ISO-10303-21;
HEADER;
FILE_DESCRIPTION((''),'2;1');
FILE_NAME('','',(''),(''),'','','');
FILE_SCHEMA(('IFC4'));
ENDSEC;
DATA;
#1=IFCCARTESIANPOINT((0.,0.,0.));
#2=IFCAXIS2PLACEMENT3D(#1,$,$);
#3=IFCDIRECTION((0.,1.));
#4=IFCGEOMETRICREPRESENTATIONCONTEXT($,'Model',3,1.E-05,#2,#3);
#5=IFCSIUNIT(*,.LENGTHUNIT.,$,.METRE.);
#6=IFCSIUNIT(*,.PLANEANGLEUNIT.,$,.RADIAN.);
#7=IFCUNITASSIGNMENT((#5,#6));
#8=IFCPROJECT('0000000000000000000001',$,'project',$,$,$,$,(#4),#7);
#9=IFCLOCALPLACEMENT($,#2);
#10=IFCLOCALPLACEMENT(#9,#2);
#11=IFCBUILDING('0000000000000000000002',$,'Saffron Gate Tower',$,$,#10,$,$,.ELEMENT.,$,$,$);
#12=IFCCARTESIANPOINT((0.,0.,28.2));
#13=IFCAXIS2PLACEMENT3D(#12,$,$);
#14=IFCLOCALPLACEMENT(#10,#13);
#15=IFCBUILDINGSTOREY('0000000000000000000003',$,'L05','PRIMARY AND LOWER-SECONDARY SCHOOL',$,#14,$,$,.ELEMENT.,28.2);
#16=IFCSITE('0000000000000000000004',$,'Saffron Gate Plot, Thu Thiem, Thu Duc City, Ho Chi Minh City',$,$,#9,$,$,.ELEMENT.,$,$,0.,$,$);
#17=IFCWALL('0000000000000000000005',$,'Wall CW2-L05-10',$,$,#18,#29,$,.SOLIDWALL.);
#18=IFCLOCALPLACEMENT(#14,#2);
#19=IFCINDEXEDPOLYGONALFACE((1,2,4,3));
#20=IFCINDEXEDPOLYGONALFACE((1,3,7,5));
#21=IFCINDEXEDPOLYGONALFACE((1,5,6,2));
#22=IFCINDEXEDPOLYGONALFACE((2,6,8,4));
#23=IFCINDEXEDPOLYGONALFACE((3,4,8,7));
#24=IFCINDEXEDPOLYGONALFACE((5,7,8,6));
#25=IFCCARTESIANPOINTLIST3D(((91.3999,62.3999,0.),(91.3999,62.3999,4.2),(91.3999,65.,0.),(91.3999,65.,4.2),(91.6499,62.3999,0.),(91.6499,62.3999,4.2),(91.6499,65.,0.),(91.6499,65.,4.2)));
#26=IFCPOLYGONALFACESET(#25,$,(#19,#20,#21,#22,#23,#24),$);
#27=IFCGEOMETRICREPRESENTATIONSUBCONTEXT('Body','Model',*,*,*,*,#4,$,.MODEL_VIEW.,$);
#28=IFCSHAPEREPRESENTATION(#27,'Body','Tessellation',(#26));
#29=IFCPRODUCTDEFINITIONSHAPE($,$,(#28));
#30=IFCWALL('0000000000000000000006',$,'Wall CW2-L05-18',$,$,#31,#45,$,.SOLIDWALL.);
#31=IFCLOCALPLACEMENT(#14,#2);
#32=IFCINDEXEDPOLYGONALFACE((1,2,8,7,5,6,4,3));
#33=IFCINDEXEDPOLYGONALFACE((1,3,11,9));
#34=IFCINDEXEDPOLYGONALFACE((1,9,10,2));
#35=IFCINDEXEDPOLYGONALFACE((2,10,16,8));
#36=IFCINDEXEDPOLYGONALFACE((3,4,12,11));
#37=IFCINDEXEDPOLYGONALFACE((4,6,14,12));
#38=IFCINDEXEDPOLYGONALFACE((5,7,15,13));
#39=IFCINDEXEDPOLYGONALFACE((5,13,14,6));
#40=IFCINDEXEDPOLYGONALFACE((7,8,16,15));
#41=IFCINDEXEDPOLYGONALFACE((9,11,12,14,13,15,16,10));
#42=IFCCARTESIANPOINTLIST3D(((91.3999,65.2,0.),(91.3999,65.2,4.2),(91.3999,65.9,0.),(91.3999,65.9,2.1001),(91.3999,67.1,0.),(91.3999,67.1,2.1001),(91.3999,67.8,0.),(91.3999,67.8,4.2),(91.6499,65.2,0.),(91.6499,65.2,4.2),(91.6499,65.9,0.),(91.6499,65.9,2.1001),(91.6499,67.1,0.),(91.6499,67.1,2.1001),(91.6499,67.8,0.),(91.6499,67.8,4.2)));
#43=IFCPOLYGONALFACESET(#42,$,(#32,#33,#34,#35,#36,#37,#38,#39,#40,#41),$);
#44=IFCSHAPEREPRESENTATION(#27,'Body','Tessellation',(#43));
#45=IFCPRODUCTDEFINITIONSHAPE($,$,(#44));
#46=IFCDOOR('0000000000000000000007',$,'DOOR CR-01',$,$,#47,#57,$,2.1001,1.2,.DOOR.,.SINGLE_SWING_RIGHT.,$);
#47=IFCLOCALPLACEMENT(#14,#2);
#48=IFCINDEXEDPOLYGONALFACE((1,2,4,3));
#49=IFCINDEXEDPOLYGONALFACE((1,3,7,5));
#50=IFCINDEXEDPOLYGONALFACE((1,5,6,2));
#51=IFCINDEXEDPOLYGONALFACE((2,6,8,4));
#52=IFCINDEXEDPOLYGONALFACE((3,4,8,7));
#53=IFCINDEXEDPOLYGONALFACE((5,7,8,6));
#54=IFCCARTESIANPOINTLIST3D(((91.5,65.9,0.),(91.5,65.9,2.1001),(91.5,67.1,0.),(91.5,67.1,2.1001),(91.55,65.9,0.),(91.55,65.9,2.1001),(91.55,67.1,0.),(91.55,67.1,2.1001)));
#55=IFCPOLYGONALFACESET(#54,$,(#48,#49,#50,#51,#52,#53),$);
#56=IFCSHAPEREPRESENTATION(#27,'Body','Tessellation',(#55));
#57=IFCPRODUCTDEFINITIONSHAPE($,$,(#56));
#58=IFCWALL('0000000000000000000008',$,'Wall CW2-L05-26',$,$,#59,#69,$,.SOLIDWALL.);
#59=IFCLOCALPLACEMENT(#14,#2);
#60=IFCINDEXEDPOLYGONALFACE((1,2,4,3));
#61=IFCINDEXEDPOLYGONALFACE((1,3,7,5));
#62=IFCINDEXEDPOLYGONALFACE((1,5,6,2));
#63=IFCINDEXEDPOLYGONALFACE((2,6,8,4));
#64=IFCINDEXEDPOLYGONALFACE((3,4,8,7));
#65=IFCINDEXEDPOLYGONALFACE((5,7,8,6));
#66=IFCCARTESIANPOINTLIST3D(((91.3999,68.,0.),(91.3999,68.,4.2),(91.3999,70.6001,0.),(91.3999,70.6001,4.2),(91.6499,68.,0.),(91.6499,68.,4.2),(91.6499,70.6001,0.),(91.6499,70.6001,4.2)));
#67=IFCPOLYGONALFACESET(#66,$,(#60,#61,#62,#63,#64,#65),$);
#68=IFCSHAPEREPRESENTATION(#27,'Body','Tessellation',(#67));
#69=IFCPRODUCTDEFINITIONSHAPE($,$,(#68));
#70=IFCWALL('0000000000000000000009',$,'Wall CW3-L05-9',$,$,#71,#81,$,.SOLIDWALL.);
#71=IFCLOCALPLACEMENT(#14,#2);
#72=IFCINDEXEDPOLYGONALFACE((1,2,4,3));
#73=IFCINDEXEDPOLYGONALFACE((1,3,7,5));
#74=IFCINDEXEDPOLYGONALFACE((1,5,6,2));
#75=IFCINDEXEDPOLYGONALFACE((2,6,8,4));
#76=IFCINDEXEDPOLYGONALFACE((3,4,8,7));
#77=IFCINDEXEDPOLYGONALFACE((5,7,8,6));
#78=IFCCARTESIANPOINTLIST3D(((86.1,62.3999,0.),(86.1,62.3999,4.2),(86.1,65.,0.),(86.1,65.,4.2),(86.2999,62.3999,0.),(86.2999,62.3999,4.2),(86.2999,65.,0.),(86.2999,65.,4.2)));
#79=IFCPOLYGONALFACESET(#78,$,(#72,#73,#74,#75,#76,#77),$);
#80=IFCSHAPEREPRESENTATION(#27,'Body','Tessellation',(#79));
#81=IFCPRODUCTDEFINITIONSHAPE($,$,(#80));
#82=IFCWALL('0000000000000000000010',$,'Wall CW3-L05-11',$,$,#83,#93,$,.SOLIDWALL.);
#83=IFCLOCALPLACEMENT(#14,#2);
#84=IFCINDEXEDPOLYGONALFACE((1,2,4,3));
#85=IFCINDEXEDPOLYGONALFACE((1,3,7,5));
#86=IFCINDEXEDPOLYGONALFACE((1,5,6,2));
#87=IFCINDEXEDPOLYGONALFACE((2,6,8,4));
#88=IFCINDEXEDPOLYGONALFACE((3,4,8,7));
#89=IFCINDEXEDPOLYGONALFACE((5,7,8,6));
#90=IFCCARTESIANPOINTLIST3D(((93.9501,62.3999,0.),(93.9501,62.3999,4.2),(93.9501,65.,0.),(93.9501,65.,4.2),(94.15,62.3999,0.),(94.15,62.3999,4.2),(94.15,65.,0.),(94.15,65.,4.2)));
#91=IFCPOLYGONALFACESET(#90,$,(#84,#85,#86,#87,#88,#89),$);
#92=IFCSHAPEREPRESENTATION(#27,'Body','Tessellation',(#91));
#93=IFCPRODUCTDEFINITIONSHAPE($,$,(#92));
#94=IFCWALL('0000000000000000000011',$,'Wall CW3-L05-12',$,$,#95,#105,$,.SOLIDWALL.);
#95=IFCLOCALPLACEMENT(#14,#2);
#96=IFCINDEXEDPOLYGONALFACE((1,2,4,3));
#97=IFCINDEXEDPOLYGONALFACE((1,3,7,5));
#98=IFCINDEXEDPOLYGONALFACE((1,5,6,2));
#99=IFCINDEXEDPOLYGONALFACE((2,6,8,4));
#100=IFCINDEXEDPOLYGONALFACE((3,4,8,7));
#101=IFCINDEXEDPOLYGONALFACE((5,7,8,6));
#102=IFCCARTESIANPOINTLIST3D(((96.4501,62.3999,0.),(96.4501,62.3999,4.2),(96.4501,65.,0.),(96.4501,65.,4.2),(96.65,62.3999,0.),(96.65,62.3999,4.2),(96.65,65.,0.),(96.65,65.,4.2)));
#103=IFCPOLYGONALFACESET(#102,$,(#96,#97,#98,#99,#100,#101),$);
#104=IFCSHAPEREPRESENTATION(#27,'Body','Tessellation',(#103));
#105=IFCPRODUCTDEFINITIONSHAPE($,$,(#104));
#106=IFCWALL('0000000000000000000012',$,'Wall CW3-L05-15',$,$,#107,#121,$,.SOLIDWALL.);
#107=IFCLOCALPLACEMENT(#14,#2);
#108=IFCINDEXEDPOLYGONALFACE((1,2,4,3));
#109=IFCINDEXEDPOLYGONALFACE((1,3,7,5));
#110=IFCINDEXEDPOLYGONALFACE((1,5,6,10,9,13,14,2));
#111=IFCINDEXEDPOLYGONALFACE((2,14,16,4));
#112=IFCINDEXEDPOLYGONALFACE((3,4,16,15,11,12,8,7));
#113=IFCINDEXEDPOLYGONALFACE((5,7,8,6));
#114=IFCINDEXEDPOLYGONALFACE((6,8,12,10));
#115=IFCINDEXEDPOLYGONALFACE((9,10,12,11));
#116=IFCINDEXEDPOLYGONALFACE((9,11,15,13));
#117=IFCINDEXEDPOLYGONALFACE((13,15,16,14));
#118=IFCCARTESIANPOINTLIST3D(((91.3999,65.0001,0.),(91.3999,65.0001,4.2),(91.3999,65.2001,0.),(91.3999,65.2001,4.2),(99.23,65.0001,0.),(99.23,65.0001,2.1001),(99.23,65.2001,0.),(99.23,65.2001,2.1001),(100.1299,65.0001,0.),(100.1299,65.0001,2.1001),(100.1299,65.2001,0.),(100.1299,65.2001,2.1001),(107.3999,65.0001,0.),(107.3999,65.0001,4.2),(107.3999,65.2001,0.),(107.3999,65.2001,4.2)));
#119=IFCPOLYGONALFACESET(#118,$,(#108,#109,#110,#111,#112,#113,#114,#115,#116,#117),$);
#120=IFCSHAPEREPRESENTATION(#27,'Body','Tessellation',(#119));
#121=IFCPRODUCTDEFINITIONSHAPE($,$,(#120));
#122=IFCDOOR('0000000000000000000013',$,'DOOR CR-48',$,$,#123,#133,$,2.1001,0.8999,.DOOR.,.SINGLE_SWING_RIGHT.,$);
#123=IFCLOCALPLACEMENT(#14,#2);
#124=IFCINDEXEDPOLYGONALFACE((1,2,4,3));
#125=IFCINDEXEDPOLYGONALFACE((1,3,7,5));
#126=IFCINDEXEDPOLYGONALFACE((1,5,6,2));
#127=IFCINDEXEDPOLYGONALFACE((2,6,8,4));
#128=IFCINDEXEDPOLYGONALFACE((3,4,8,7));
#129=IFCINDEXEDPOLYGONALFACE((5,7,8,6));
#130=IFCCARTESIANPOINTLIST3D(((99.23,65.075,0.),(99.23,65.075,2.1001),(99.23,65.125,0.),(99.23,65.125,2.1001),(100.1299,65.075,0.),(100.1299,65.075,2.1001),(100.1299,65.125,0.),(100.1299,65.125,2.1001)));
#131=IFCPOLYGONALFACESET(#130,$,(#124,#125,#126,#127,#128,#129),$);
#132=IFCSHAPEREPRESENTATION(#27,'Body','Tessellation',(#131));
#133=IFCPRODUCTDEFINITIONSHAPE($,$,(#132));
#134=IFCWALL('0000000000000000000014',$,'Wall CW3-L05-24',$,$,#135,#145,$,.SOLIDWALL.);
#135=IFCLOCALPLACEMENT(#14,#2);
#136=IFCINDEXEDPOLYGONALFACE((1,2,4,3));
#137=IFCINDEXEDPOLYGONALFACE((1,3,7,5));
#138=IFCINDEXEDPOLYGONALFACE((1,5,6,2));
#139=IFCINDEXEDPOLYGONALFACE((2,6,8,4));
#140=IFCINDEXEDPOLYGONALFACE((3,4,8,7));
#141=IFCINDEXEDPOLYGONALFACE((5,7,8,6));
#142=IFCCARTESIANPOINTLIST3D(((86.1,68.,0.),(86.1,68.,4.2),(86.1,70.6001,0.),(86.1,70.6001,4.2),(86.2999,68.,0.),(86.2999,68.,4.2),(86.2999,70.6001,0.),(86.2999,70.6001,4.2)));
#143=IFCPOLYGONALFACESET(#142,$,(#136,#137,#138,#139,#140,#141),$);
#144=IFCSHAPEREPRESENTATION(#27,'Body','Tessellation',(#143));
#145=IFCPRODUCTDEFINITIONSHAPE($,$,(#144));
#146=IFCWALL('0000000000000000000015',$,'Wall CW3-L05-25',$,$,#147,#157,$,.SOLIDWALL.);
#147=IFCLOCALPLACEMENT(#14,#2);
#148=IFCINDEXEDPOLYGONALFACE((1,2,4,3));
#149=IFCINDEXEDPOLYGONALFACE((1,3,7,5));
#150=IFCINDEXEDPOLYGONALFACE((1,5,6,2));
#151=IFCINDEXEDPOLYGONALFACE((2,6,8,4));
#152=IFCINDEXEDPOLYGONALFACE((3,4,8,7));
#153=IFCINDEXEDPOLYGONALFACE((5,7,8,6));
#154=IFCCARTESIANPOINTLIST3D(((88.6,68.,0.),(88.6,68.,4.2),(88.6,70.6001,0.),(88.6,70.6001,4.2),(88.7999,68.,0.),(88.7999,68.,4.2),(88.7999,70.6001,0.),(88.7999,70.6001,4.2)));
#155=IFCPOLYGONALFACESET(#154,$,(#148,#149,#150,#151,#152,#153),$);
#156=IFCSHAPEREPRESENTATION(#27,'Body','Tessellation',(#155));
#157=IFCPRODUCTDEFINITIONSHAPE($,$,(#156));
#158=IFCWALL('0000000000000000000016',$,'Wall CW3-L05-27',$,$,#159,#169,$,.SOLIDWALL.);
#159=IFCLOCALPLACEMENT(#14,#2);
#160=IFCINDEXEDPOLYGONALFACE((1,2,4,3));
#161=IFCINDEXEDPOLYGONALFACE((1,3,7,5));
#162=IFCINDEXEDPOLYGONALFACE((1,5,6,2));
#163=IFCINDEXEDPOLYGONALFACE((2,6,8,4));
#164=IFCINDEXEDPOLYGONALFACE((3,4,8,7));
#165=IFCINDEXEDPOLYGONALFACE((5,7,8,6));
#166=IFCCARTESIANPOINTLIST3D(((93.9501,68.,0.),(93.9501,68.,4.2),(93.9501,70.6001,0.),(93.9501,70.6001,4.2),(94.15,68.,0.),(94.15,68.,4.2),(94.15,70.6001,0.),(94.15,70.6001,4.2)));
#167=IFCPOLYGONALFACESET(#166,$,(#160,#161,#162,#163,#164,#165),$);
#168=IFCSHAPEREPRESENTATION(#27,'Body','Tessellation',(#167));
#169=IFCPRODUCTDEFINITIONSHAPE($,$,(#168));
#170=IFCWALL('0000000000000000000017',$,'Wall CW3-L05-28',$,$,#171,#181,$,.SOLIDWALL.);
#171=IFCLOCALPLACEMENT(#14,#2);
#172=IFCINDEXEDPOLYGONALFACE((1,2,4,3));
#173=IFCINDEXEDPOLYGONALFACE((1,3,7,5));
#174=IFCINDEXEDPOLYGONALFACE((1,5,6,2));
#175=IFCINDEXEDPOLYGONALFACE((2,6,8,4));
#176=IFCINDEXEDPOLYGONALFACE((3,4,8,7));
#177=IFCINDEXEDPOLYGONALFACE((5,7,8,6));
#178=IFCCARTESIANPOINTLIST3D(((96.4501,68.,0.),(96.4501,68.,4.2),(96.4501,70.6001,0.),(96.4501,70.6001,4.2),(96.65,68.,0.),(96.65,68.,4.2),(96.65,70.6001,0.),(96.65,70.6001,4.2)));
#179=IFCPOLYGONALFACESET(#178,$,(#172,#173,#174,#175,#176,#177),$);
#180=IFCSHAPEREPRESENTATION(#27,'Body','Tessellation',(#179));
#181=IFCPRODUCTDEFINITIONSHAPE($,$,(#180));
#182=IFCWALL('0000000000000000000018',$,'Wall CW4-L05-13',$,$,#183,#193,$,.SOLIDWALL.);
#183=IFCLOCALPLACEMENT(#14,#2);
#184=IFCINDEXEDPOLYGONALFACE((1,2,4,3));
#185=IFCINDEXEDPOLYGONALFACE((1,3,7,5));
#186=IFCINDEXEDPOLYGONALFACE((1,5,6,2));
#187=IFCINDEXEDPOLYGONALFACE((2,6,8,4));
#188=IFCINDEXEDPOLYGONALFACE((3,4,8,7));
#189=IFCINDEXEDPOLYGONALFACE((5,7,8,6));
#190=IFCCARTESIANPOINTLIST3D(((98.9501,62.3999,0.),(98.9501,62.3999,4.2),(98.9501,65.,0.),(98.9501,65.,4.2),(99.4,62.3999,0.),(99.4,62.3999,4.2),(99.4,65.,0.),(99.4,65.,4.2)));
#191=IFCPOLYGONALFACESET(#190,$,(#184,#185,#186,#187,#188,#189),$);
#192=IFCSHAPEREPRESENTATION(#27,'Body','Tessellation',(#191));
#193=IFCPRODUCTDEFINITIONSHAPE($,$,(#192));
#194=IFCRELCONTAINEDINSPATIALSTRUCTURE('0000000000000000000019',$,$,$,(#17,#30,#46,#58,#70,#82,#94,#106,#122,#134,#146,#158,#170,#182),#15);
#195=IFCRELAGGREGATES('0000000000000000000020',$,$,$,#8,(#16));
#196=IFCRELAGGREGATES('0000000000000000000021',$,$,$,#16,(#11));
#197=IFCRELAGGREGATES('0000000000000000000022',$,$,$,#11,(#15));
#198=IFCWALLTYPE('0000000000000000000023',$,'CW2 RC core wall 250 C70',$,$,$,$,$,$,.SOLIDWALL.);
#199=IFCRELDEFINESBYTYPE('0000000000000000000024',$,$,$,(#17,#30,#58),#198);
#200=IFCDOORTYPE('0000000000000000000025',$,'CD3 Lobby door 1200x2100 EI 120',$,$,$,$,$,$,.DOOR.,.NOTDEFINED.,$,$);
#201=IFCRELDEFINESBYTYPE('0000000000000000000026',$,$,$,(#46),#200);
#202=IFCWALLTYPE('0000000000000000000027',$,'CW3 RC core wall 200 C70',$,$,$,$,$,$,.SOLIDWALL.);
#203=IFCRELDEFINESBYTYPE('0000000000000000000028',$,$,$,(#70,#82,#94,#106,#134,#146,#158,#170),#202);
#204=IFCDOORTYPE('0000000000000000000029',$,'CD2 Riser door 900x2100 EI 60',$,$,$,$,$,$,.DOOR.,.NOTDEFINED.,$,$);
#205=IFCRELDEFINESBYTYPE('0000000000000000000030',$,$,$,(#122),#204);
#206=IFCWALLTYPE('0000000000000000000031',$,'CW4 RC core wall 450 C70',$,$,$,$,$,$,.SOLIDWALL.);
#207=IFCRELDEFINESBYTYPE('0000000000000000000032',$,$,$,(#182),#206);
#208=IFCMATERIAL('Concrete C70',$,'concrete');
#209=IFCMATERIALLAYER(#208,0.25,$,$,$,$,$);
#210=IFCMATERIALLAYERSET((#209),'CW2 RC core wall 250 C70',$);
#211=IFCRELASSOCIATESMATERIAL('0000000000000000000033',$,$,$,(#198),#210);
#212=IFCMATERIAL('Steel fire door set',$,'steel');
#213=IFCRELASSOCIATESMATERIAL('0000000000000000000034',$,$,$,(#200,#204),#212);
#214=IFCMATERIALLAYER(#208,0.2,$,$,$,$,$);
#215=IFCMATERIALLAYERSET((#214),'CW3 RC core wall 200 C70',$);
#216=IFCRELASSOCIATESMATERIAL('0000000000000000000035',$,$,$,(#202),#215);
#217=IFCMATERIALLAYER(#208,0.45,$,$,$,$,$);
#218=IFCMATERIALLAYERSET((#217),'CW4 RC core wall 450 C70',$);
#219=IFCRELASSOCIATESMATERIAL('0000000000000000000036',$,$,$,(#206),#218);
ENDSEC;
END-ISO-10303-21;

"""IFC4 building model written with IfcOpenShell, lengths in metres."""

from ifc_helpers import new_model, si_unit, direction, frame, frame_2d, origin, place, context, subcontext, project, spatial, rectangle, extrude, material, layer, layer_set, type_object, element, fill, save


model = new_model("IFC4")

# Units and contexts
model_context = context("Model", 3, precision=1e-05, world=origin(), true_north=direction((0.0, 1.0)))
body_context = subcontext(model_context, "Body", "Model", "MODEL_VIEW")
ifc_project = project(units=[si_unit("LENGTHUNIT", "METRE"), si_unit("PLANEANGLEUNIT", "RADIAN")], contexts=[model_context])

# Site, building, storey
site_placement = place(None, origin())
site = spatial("IfcSite", under=ifc_project, at=site_placement, Name="Saffron Gate Plot, Thu Thiem, Thu Duc City, Ho Chi Minh City", CompositionType="ELEMENT", RefElevation=0.0)
building_placement = place(site_placement, origin())
building = spatial("IfcBuilding", under=site, at=building_placement, Name="Saffron Gate Tower", CompositionType="ELEMENT")
storey_placement = place(building_placement, frame((0.0, 0.0, 28.2)))
storey = spatial("IfcBuildingStorey", under=building, at=storey_placement, Name="L05", Description="PRIMARY AND LOWER-SECONDARY SCHOOL", CompositionType="ELEMENT", Elevation=28.2)

# Wall
ifc_material_1 = material(Name="Concrete C70", Category="concrete")
ifc_layer_1 = layer(ifc_material_1, 0.25)
ifc_layer_set_1 = layer_set([ifc_layer_1], Name="CW2 RC core wall 250 C70")
wall_type_1 = type_object("IfcWallType", Name="CW2 RC core wall 250 C70", PredefinedType="SOLIDWALL", material=ifc_layer_set_1)
wall_1_placement = place(storey_placement, frame((91.5249, 62.3999, 0.0), z_axis=(0.0, 0.0, 1.0), x_axis=(0.0, 1.0, 0.0)))
element("IfcWall", 1, at=wall_1_placement, inside=storey, type_object=wall_type_1, Name="Wall CW2-L05-10", PredefinedType="SOLIDWALL", context=body_context, shape_type="SweptSolid", body=[
    extrude(rectangle(XDim=2.6001, YDim=0.25, at=frame_2d((1.3, 0.0))), origin(), (0.0, 0.0, 1.0), 4.2),
])

# Wall, opening, door
wall_2_placement = place(storey_placement, frame((91.5249, 65.2, 0.0), z_axis=(0.0, 0.0, 1.0), x_axis=(0.0, 1.0, 0.0)))
wall_2 = element("IfcWall", 2, at=wall_2_placement, inside=storey, type_object=wall_type_1, Name="Wall CW2-L05-18", PredefinedType="SOLIDWALL", context=body_context, shape_type="SweptSolid", body=[
    extrude(rectangle(XDim=2.6001, YDim=0.25, at=frame_2d((1.3, 0.0))), origin(), (0.0, 0.0, 1.0), 4.2),
])
opening_1_placement = place(wall_2_placement, frame((0.7, 0.0, 0.0)))
opening_1 = element("IfcOpeningElement", 3, at=opening_1_placement, cuts=wall_2, PredefinedType="OPENING", context=body_context, shape_type="SweptSolid", body=[
    extrude(rectangle(XDim=1.2, YDim=2.1001, at=frame_2d((0.6001, 1.05))), frame((0.0, 0.135, 0.0), z_axis=(0.0, -1.0, 0.0), x_axis=(1.0, 0.0, 0.0)), (0.0, 0.0, 1.0), 0.27),
])
ifc_material_2 = material(Name="Steel fire door set", Category="steel")
door_type_1 = type_object("IfcDoorType", Name="CD3 Lobby door 1200x2100 EI 120", OperationType="NOTDEFINED", PredefinedType="DOOR", material=ifc_material_2)
door_1_placement = place(opening_1_placement, origin())
door_1 = element("IfcDoor", 4, at=door_1_placement, inside=storey, type_object=door_type_1, Name="DOOR CR-01", OperationType="SINGLE_SWING_RIGHT", OverallHeight=2.1001, OverallWidth=1.2, PredefinedType="DOOR", context=body_context, shape_type="SweptSolid", body=[
    extrude(rectangle(XDim=1.2, YDim=2.1001, at=frame_2d((0.6001, 1.05))), frame((0.0, 0.0249, 0.0), z_axis=(0.0, -1.0, 0.0), x_axis=(1.0, 0.0, 0.0)), (0.0, 0.0, 1.0), 0.05),
])
fill(opening_1, door_1)

# Walls
wall_3_placement = place(storey_placement, frame((91.5249, 68.0, 0.0), z_axis=(0.0, 0.0, 1.0), x_axis=(0.0, 1.0, 0.0)))
element("IfcWall", 5, at=wall_3_placement, inside=storey, type_object=wall_type_1, Name="Wall CW2-L05-26", PredefinedType="SOLIDWALL", context=body_context, shape_type="SweptSolid", body=[
    extrude(rectangle(XDim=2.6001, YDim=0.25, at=frame_2d((1.3, 0.0))), origin(), (0.0, 0.0, 1.0), 4.2),
])
ifc_layer_2 = layer(ifc_material_1, 0.2)
ifc_layer_set_2 = layer_set([ifc_layer_2], Name="CW3 RC core wall 200 C70")
wall_type_2 = type_object("IfcWallType", Name="CW3 RC core wall 200 C70", PredefinedType="SOLIDWALL", material=ifc_layer_set_2)
for number, where, z_axis, x_axis, name in (
    (6, (86.2, 62.3999, 0.0), (0.0, 0.0, 1.0), (0.0, 1.0, 0.0), "Wall CW3-L05-9"),
    (7, (94.05, 62.3999, 0.0), (0.0, 0.0, 1.0), (0.0, 1.0, 0.0), "Wall CW3-L05-11"),
    (8, (96.55, 62.3999, 0.0), (0.0, 0.0, 1.0), (0.0, 1.0, 0.0), "Wall CW3-L05-12"),
):
    element("IfcWall", number, at=place(storey_placement, frame(where, z_axis=z_axis, x_axis=x_axis)), inside=storey, type_object=wall_type_2, Name=name, PredefinedType="SOLIDWALL", context=body_context, shape_type="SweptSolid", body=[
        extrude(rectangle(XDim=2.6001, YDim=0.2, at=frame_2d((1.3, 0.0))), origin(), (0.0, 0.0, 1.0), 4.2),
    ])

# Wall, opening, door
wall_4_placement = place(storey_placement, frame((91.3999, 65.1001, 0.0), z_axis=(0.0, 0.0, 1.0), x_axis=(1.0, 0.0, 0.0)))
wall_4 = element("IfcWall", 9, at=wall_4_placement, inside=storey, type_object=wall_type_2, Name="Wall CW3-L05-15", PredefinedType="SOLIDWALL", context=body_context, shape_type="SweptSolid", body=[
    extrude(rectangle(XDim=16.0, YDim=0.2, at=frame_2d((8.0, 0.0))), origin(), (0.0, 0.0, 1.0), 4.2),
])
opening_2_placement = place(wall_4_placement, frame((7.8301, 0.0, 0.0)))
opening_2 = element("IfcOpeningElement", 10, at=opening_2_placement, cuts=wall_4, PredefinedType="OPENING", context=body_context, shape_type="SweptSolid", body=[
    extrude(rectangle(XDim=0.8999, YDim=2.1001, at=frame_2d((0.45, 1.05))), frame((0.0, 0.1099, 0.0), z_axis=(0.0, -1.0, 0.0), x_axis=(1.0, 0.0, 0.0)), (0.0, 0.0, 1.0), 0.22),
])
door_type_2 = type_object("IfcDoorType", Name="CD2 Riser door 900x2100 EI 60", OperationType="NOTDEFINED", PredefinedType="DOOR", material=ifc_material_2)
door_2_placement = place(opening_2_placement, origin())
door_2 = element("IfcDoor", 11, at=door_2_placement, inside=storey, type_object=door_type_2, Name="DOOR CR-48", OperationType="SINGLE_SWING_RIGHT", OverallHeight=2.1001, OverallWidth=0.8999, PredefinedType="DOOR", context=body_context, shape_type="SweptSolid", body=[
    extrude(rectangle(XDim=0.8999, YDim=2.1001, at=frame_2d((0.45, 1.05))), frame((0.0, 0.0249, 0.0), z_axis=(0.0, -1.0, 0.0), x_axis=(1.0, 0.0, 0.0)), (0.0, 0.0, 1.0), 0.05),
])
fill(opening_2, door_2)

# Walls
for number, where, z_axis, x_axis, name in (
    (12, (86.2, 68.0, 0.0), (0.0, 0.0, 1.0), (0.0, 1.0, 0.0), "Wall CW3-L05-24"),
    (13, (88.7, 68.0, 0.0), (0.0, 0.0, 1.0), (0.0, 1.0, 0.0), "Wall CW3-L05-25"),
    (14, (94.05, 68.0, 0.0), (0.0, 0.0, 1.0), (0.0, 1.0, 0.0), "Wall CW3-L05-27"),
    (15, (96.55, 68.0, 0.0), (0.0, 0.0, 1.0), (0.0, 1.0, 0.0), "Wall CW3-L05-28"),
):
    element("IfcWall", number, at=place(storey_placement, frame(where, z_axis=z_axis, x_axis=x_axis)), inside=storey, type_object=wall_type_2, Name=name, PredefinedType="SOLIDWALL", context=body_context, shape_type="SweptSolid", body=[
        extrude(rectangle(XDim=2.6001, YDim=0.2, at=frame_2d((1.3, 0.0))), origin(), (0.0, 0.0, 1.0), 4.2),
    ])
ifc_layer_3 = layer(ifc_material_1, 0.45)
ifc_layer_set_3 = layer_set([ifc_layer_3], Name="CW4 RC core wall 450 C70")
wall_type_3 = type_object("IfcWallType", Name="CW4 RC core wall 450 C70", PredefinedType="SOLIDWALL", material=ifc_layer_set_3)
wall_5_placement = place(storey_placement, frame((99.175, 62.3999, 0.0), z_axis=(0.0, 0.0, 1.0), x_axis=(0.0, 1.0, 0.0)))
element("IfcWall", 16, at=wall_5_placement, inside=storey, type_object=wall_type_3, Name="Wall CW4-L05-13", PredefinedType="SOLIDWALL", context=body_context, shape_type="SweptSolid", body=[
    extrude(rectangle(XDim=2.6001, YDim=0.45, at=frame_2d((1.3, 0.0))), origin(), (0.0, 0.0, 1.0), 4.2),
])

save(model, "model.ifc")
